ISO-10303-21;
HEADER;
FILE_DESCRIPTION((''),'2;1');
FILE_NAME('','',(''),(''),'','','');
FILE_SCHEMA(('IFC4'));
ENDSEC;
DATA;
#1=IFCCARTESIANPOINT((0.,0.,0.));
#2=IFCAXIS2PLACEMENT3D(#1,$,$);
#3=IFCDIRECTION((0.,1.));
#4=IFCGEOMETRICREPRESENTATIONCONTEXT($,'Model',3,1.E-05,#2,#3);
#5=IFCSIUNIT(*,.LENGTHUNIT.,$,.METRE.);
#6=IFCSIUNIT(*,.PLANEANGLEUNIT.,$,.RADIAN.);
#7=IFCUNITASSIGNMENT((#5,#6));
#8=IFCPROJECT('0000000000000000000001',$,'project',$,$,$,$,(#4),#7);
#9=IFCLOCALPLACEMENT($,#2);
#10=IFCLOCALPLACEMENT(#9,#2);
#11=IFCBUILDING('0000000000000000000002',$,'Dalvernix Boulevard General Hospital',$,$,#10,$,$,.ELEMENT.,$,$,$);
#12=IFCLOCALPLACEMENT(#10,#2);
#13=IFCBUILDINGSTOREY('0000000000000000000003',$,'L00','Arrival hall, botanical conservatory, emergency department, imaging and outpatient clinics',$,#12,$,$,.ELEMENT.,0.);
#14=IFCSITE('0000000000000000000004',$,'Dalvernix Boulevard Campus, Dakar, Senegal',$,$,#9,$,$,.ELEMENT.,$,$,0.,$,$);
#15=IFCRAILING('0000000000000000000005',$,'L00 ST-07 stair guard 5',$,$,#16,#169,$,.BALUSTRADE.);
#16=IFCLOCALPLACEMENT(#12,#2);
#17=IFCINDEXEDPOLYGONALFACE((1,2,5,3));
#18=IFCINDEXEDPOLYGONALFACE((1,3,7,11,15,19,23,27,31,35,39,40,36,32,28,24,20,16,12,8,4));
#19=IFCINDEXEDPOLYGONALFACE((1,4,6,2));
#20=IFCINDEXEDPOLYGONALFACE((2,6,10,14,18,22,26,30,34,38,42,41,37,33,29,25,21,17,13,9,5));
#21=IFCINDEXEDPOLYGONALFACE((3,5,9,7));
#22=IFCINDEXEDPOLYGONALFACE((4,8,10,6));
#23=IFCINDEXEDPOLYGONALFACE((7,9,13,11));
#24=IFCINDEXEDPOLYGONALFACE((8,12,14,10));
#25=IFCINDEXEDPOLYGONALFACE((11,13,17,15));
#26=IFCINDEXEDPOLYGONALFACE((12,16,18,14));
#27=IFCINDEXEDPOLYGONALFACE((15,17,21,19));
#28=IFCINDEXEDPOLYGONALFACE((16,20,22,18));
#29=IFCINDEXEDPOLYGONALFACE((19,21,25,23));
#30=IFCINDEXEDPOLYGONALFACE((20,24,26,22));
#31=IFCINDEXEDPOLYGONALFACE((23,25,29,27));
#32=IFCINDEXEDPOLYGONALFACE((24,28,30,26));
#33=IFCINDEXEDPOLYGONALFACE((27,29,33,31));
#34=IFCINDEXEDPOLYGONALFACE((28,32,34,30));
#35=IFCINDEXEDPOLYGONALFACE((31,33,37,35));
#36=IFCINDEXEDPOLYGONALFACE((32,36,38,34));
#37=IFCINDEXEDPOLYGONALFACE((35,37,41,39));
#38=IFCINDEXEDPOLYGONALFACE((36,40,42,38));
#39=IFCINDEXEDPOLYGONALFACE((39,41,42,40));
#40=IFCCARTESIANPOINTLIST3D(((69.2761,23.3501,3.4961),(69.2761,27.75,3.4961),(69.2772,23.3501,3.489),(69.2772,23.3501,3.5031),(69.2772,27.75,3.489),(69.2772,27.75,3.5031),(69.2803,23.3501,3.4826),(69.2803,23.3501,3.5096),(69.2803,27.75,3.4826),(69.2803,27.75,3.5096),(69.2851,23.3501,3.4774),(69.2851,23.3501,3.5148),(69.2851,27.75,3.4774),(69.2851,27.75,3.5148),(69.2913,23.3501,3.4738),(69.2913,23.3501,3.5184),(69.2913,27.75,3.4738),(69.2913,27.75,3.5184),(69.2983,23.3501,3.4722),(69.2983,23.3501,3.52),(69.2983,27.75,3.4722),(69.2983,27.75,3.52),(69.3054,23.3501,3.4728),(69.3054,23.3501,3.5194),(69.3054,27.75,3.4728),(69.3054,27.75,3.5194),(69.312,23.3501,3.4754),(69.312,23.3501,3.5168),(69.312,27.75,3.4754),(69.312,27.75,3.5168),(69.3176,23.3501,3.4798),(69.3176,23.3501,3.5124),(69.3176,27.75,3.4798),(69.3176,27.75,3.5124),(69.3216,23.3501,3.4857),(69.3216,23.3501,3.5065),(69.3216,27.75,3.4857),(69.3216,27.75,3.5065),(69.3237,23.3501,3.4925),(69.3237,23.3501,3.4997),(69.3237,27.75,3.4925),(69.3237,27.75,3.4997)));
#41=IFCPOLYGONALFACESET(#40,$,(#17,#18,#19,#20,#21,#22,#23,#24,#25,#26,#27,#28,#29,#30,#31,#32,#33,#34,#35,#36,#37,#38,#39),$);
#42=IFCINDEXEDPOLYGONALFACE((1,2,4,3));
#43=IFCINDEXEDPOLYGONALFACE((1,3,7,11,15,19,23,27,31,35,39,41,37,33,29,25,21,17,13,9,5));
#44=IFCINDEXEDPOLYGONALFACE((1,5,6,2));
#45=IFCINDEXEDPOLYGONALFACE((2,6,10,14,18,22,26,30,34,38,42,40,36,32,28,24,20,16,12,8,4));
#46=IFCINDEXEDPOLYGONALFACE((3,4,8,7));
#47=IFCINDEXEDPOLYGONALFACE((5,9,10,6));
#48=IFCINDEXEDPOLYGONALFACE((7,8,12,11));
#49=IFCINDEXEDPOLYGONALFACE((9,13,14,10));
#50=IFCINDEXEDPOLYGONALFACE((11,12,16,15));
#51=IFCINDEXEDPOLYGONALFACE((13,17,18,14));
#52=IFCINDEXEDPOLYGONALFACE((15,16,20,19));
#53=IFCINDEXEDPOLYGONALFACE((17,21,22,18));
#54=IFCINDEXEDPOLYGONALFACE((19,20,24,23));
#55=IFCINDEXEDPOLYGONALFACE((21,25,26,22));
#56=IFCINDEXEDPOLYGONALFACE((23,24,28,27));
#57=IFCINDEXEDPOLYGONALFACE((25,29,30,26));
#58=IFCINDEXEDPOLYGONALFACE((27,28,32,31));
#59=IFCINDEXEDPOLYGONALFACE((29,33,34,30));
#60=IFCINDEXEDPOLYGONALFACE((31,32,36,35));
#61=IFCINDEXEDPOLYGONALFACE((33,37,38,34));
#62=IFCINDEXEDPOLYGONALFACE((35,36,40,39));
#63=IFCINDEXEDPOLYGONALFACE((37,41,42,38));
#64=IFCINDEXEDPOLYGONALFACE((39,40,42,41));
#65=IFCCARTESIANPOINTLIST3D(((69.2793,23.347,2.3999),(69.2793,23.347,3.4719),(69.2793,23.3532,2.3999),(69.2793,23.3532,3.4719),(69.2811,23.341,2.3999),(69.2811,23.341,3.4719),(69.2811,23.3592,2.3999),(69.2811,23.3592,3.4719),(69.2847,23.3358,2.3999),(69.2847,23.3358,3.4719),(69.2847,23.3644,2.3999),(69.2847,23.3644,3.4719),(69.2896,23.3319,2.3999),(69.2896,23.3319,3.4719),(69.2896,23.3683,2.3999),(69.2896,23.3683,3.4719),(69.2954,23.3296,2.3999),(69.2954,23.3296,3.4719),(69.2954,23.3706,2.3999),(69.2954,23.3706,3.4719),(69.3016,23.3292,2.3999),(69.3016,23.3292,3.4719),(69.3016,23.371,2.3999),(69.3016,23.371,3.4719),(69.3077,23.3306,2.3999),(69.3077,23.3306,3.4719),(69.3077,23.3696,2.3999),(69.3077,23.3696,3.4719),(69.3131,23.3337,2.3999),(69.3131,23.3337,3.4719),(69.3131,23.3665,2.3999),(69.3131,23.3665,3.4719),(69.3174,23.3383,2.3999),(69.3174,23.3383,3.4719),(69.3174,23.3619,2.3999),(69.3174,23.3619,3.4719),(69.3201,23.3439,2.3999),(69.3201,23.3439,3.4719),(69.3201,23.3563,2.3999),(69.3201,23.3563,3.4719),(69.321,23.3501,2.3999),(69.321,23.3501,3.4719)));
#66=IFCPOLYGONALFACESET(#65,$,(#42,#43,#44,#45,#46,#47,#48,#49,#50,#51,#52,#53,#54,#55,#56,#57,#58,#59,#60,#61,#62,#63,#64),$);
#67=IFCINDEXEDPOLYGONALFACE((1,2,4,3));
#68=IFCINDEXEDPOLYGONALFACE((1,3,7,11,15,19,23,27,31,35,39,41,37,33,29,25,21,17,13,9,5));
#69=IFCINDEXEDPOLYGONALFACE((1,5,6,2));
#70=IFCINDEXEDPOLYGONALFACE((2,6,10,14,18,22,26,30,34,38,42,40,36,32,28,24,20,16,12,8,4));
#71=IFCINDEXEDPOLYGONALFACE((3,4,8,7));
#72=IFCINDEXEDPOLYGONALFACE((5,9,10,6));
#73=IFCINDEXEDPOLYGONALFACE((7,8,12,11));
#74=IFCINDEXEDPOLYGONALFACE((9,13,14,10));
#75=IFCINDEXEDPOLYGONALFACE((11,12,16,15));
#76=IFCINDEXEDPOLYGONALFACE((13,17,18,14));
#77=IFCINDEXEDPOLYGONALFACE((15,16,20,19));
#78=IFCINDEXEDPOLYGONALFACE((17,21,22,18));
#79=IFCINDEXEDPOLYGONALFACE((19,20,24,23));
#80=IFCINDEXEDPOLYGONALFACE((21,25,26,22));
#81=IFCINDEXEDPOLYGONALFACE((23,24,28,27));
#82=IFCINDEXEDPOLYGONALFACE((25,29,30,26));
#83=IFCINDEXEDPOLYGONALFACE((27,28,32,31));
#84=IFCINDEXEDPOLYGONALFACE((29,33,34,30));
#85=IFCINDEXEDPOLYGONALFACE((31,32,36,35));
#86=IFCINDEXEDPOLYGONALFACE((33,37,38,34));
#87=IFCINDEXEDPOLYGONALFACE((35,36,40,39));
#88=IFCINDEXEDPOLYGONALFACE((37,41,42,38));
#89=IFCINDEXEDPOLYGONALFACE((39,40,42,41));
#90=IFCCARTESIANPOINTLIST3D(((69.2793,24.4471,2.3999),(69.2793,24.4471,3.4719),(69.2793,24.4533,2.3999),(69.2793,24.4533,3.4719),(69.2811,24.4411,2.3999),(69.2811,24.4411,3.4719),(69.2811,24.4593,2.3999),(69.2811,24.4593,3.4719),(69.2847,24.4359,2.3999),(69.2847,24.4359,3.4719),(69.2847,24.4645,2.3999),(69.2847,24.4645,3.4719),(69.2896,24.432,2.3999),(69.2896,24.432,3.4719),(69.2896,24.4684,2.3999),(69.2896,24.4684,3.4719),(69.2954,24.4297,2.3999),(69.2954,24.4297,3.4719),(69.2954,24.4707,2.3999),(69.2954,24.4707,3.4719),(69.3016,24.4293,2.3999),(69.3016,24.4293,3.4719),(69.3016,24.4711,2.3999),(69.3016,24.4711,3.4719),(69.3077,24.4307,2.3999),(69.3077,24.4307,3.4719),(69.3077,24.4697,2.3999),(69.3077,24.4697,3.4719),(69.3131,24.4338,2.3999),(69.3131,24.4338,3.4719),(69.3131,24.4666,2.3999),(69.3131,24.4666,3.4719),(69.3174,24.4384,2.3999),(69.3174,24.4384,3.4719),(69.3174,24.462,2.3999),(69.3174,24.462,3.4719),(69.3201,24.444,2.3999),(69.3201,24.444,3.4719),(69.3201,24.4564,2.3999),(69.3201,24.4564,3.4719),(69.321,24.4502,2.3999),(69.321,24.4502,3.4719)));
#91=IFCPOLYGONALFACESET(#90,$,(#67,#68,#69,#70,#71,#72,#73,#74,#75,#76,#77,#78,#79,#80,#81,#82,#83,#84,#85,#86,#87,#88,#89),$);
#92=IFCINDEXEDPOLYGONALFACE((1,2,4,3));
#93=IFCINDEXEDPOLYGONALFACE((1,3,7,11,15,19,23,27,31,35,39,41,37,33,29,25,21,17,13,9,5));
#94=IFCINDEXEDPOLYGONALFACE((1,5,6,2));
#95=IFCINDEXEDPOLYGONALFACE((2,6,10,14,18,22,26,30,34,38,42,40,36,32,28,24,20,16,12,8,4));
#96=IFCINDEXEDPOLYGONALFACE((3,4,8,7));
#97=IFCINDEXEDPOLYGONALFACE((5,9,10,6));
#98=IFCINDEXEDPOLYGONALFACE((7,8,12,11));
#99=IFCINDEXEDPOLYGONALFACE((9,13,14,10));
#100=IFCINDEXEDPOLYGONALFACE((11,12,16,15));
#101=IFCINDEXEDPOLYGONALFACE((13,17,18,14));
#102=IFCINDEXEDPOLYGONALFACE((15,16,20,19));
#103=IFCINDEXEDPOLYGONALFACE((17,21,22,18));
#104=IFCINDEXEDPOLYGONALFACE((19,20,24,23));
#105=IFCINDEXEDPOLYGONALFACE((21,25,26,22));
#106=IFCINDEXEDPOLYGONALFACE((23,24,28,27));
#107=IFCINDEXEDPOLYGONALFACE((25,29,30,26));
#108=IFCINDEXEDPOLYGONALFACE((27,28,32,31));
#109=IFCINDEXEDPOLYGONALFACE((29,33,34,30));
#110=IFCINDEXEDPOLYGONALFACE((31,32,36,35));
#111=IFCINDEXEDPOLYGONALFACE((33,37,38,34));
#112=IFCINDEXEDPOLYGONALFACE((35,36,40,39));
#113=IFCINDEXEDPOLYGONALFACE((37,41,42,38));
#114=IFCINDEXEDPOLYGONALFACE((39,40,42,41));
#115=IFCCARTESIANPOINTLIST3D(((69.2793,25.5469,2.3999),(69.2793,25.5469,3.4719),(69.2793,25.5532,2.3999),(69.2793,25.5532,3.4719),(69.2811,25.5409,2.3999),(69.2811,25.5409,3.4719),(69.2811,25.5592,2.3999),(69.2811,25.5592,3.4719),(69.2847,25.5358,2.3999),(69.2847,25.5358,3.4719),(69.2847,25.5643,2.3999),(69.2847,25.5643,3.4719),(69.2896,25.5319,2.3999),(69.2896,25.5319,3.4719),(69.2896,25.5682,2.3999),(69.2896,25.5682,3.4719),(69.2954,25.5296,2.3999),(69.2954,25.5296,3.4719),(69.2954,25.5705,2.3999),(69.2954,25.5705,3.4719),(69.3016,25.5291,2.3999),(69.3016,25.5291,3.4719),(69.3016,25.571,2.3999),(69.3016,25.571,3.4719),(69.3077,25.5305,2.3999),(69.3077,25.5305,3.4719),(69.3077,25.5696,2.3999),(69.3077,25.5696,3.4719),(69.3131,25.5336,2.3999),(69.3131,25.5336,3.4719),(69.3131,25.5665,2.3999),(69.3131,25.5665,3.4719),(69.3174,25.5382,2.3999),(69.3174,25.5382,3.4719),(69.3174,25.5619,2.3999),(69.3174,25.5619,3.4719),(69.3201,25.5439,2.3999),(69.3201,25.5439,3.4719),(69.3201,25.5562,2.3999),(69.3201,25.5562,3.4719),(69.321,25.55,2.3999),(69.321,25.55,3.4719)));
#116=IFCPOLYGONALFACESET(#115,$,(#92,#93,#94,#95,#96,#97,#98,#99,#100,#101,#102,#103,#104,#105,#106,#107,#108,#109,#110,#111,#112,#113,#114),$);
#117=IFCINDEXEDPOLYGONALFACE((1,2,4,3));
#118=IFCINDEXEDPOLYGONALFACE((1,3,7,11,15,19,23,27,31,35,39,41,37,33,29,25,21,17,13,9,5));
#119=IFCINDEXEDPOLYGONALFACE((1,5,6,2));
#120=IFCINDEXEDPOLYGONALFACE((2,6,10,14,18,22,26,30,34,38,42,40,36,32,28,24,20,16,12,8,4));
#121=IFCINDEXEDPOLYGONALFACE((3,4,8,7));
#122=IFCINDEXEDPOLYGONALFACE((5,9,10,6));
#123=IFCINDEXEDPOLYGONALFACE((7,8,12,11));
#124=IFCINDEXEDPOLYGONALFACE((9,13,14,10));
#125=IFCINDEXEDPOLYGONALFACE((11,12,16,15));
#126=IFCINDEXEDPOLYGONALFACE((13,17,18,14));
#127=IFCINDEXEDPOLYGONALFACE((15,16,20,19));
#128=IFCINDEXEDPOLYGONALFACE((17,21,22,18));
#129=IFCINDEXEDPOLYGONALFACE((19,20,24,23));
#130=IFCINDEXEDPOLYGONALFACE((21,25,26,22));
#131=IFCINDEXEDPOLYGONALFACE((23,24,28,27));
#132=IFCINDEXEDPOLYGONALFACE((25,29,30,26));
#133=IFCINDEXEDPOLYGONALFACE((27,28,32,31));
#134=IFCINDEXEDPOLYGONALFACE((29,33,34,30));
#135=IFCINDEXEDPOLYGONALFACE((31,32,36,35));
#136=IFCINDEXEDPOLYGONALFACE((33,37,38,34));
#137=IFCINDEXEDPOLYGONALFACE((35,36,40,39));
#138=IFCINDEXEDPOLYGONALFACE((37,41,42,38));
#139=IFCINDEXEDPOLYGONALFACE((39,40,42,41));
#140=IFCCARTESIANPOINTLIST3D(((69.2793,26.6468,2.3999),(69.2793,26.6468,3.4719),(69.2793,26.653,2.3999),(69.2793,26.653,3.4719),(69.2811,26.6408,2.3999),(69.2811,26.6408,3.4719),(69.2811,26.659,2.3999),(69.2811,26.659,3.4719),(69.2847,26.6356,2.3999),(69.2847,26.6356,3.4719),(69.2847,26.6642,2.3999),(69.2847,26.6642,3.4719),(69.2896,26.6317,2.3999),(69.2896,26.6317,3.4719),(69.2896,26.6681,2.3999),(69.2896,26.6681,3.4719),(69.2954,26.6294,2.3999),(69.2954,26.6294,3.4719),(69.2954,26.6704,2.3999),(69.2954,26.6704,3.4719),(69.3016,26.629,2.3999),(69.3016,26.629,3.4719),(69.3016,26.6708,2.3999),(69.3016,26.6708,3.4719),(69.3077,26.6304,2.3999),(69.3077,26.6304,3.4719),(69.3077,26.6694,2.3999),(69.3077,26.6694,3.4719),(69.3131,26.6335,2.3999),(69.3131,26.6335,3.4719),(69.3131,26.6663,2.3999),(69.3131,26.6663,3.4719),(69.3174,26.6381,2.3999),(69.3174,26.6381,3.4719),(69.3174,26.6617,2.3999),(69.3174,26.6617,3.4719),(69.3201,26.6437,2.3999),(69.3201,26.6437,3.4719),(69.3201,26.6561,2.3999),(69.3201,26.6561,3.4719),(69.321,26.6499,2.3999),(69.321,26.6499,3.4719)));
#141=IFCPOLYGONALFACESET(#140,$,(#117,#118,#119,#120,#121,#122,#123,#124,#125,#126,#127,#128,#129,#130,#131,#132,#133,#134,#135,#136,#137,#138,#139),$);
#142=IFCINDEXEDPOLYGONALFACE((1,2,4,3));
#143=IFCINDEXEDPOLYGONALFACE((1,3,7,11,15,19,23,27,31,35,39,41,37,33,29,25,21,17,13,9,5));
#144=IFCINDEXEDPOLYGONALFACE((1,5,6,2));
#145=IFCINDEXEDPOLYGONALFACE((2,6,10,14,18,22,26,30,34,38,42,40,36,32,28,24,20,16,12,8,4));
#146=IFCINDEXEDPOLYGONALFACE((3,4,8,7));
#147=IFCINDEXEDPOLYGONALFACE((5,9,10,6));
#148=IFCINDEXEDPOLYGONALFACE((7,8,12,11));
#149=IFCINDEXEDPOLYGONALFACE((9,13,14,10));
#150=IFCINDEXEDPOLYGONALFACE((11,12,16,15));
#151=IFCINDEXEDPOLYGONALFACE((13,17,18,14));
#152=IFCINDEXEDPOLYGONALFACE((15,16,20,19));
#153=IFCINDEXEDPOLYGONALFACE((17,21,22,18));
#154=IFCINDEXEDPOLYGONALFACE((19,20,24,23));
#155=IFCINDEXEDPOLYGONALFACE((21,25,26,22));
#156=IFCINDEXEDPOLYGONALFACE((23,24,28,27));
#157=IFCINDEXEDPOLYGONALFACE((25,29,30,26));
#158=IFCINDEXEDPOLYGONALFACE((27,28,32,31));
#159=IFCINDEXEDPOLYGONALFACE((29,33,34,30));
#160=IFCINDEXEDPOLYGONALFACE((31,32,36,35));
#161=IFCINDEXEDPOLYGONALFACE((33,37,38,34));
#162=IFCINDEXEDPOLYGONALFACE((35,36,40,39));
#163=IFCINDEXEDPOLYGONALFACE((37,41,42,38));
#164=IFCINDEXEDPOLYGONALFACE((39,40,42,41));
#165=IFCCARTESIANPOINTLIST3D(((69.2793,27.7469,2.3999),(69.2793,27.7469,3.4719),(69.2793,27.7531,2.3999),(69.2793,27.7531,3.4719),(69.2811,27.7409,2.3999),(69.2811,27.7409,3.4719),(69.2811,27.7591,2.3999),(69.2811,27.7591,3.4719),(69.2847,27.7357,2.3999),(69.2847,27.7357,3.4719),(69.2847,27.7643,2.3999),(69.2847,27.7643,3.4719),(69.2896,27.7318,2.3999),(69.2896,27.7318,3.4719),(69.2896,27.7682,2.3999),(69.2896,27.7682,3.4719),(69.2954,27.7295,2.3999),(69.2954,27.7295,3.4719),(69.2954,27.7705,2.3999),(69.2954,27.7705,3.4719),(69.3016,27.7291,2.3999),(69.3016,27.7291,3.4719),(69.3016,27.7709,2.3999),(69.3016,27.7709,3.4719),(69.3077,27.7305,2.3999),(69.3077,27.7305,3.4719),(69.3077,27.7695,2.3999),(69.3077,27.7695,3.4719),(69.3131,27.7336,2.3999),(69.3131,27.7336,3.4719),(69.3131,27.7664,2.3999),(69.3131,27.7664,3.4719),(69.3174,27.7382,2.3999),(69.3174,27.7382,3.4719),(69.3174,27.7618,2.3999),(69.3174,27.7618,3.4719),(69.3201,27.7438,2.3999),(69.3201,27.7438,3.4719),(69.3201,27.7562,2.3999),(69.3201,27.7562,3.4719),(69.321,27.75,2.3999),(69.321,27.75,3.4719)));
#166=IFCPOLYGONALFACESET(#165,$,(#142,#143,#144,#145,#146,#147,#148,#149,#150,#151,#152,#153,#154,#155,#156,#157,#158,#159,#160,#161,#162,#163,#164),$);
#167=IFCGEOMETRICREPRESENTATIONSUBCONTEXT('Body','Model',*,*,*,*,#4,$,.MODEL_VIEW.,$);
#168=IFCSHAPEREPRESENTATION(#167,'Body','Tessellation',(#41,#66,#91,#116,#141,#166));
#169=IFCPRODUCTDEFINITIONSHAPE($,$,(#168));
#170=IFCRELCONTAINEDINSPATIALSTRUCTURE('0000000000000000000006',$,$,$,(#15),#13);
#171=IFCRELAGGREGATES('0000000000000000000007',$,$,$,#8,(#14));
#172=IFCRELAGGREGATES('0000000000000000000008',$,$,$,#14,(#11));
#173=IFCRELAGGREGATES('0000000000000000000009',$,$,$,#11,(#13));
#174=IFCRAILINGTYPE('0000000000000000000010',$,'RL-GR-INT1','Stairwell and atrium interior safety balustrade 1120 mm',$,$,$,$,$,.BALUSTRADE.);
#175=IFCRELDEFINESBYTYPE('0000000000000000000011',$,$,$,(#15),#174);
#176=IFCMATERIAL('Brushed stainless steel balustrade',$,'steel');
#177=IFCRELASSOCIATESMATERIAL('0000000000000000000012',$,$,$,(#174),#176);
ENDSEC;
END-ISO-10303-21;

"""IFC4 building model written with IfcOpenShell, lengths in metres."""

from ifc_helpers import new_model, si_unit, direction, frame, origin, origin_2d, place, context, subcontext, project, spatial, circle, extrude, material, type_object, element, save


model = new_model("IFC4")

# Units and contexts
model_context = context("Model", 3, precision=1e-05, world=origin(), true_north=direction((0.0, 1.0)))
body_context = subcontext(model_context, "Body", "Model", "MODEL_VIEW")
ifc_project = project(units=[si_unit("LENGTHUNIT", "METRE"), si_unit("PLANEANGLEUNIT", "RADIAN")], contexts=[model_context])

# Site, building, storey
site_placement = place(None, origin())
site = spatial("IfcSite", under=ifc_project, at=site_placement, Name="Dalvernix Boulevard Campus, Dakar, Senegal", CompositionType="ELEMENT", RefElevation=0.0)
building_placement = place(site_placement, origin())
building = spatial("IfcBuilding", under=site, at=building_placement, Name="Dalvernix Boulevard General Hospital", CompositionType="ELEMENT")
storey_placement = place(building_placement, origin())
storey = spatial("IfcBuildingStorey", under=building, at=storey_placement, Name="L00", Description="Arrival hall, botanical conservatory, emergency department, imaging and outpatient clinics", CompositionType="ELEMENT", Elevation=0.0)

# Railing
ifc_material_1 = material(Name="Brushed stainless steel balustrade", Category="steel")
railing_type_1 = type_object("IfcRailingType", Name="RL-GR-INT1", Description="Stairwell and atrium interior safety balustrade 1120 mm", PredefinedType="BALUSTRADE", material=ifc_material_1)
railing_1_placement = place(storey_placement, frame((69.3, 23.3501, 2.3999)))
element("IfcRailing", 1, at=railing_1_placement, inside=storey, type_object=railing_type_1, Name="L00 ST-07 stair guard 5", PredefinedType="BALUSTRADE", context=body_context, shape_type="SweptSolid", body=[
    extrude(circle(Radius=0.0239, at=origin_2d()), frame((0.0, 0.0, 1.0962), z_axis=(0.0, 1.0, 0.0), x_axis=(-1.0, 0.0, 0.0)), (0.0, 0.0, 1.0), 4.3999),
    extrude(circle(Radius=0.021, at=origin_2d()), origin(), (0.0, 0.0, 1.0), 1.072),
    extrude(circle(Radius=0.021, at=origin_2d()), frame((0.0, 1.1001, 0.0)), (0.0, 0.0, 1.0), 1.072),
    extrude(circle(Radius=0.021, at=origin_2d()), frame((0.0, 2.2, 0.0)), (0.0, 0.0, 1.0), 1.072),
    extrude(circle(Radius=0.021, at=origin_2d()), frame((0.0, 3.2998, 0.0)), (0.0, 0.0, 1.0), 1.072),
    extrude(circle(Radius=0.021, at=origin_2d()), frame((0.0, 4.3999, 0.0)), (0.0, 0.0, 1.0), 1.072),
])

save(model, "model.ifc")
